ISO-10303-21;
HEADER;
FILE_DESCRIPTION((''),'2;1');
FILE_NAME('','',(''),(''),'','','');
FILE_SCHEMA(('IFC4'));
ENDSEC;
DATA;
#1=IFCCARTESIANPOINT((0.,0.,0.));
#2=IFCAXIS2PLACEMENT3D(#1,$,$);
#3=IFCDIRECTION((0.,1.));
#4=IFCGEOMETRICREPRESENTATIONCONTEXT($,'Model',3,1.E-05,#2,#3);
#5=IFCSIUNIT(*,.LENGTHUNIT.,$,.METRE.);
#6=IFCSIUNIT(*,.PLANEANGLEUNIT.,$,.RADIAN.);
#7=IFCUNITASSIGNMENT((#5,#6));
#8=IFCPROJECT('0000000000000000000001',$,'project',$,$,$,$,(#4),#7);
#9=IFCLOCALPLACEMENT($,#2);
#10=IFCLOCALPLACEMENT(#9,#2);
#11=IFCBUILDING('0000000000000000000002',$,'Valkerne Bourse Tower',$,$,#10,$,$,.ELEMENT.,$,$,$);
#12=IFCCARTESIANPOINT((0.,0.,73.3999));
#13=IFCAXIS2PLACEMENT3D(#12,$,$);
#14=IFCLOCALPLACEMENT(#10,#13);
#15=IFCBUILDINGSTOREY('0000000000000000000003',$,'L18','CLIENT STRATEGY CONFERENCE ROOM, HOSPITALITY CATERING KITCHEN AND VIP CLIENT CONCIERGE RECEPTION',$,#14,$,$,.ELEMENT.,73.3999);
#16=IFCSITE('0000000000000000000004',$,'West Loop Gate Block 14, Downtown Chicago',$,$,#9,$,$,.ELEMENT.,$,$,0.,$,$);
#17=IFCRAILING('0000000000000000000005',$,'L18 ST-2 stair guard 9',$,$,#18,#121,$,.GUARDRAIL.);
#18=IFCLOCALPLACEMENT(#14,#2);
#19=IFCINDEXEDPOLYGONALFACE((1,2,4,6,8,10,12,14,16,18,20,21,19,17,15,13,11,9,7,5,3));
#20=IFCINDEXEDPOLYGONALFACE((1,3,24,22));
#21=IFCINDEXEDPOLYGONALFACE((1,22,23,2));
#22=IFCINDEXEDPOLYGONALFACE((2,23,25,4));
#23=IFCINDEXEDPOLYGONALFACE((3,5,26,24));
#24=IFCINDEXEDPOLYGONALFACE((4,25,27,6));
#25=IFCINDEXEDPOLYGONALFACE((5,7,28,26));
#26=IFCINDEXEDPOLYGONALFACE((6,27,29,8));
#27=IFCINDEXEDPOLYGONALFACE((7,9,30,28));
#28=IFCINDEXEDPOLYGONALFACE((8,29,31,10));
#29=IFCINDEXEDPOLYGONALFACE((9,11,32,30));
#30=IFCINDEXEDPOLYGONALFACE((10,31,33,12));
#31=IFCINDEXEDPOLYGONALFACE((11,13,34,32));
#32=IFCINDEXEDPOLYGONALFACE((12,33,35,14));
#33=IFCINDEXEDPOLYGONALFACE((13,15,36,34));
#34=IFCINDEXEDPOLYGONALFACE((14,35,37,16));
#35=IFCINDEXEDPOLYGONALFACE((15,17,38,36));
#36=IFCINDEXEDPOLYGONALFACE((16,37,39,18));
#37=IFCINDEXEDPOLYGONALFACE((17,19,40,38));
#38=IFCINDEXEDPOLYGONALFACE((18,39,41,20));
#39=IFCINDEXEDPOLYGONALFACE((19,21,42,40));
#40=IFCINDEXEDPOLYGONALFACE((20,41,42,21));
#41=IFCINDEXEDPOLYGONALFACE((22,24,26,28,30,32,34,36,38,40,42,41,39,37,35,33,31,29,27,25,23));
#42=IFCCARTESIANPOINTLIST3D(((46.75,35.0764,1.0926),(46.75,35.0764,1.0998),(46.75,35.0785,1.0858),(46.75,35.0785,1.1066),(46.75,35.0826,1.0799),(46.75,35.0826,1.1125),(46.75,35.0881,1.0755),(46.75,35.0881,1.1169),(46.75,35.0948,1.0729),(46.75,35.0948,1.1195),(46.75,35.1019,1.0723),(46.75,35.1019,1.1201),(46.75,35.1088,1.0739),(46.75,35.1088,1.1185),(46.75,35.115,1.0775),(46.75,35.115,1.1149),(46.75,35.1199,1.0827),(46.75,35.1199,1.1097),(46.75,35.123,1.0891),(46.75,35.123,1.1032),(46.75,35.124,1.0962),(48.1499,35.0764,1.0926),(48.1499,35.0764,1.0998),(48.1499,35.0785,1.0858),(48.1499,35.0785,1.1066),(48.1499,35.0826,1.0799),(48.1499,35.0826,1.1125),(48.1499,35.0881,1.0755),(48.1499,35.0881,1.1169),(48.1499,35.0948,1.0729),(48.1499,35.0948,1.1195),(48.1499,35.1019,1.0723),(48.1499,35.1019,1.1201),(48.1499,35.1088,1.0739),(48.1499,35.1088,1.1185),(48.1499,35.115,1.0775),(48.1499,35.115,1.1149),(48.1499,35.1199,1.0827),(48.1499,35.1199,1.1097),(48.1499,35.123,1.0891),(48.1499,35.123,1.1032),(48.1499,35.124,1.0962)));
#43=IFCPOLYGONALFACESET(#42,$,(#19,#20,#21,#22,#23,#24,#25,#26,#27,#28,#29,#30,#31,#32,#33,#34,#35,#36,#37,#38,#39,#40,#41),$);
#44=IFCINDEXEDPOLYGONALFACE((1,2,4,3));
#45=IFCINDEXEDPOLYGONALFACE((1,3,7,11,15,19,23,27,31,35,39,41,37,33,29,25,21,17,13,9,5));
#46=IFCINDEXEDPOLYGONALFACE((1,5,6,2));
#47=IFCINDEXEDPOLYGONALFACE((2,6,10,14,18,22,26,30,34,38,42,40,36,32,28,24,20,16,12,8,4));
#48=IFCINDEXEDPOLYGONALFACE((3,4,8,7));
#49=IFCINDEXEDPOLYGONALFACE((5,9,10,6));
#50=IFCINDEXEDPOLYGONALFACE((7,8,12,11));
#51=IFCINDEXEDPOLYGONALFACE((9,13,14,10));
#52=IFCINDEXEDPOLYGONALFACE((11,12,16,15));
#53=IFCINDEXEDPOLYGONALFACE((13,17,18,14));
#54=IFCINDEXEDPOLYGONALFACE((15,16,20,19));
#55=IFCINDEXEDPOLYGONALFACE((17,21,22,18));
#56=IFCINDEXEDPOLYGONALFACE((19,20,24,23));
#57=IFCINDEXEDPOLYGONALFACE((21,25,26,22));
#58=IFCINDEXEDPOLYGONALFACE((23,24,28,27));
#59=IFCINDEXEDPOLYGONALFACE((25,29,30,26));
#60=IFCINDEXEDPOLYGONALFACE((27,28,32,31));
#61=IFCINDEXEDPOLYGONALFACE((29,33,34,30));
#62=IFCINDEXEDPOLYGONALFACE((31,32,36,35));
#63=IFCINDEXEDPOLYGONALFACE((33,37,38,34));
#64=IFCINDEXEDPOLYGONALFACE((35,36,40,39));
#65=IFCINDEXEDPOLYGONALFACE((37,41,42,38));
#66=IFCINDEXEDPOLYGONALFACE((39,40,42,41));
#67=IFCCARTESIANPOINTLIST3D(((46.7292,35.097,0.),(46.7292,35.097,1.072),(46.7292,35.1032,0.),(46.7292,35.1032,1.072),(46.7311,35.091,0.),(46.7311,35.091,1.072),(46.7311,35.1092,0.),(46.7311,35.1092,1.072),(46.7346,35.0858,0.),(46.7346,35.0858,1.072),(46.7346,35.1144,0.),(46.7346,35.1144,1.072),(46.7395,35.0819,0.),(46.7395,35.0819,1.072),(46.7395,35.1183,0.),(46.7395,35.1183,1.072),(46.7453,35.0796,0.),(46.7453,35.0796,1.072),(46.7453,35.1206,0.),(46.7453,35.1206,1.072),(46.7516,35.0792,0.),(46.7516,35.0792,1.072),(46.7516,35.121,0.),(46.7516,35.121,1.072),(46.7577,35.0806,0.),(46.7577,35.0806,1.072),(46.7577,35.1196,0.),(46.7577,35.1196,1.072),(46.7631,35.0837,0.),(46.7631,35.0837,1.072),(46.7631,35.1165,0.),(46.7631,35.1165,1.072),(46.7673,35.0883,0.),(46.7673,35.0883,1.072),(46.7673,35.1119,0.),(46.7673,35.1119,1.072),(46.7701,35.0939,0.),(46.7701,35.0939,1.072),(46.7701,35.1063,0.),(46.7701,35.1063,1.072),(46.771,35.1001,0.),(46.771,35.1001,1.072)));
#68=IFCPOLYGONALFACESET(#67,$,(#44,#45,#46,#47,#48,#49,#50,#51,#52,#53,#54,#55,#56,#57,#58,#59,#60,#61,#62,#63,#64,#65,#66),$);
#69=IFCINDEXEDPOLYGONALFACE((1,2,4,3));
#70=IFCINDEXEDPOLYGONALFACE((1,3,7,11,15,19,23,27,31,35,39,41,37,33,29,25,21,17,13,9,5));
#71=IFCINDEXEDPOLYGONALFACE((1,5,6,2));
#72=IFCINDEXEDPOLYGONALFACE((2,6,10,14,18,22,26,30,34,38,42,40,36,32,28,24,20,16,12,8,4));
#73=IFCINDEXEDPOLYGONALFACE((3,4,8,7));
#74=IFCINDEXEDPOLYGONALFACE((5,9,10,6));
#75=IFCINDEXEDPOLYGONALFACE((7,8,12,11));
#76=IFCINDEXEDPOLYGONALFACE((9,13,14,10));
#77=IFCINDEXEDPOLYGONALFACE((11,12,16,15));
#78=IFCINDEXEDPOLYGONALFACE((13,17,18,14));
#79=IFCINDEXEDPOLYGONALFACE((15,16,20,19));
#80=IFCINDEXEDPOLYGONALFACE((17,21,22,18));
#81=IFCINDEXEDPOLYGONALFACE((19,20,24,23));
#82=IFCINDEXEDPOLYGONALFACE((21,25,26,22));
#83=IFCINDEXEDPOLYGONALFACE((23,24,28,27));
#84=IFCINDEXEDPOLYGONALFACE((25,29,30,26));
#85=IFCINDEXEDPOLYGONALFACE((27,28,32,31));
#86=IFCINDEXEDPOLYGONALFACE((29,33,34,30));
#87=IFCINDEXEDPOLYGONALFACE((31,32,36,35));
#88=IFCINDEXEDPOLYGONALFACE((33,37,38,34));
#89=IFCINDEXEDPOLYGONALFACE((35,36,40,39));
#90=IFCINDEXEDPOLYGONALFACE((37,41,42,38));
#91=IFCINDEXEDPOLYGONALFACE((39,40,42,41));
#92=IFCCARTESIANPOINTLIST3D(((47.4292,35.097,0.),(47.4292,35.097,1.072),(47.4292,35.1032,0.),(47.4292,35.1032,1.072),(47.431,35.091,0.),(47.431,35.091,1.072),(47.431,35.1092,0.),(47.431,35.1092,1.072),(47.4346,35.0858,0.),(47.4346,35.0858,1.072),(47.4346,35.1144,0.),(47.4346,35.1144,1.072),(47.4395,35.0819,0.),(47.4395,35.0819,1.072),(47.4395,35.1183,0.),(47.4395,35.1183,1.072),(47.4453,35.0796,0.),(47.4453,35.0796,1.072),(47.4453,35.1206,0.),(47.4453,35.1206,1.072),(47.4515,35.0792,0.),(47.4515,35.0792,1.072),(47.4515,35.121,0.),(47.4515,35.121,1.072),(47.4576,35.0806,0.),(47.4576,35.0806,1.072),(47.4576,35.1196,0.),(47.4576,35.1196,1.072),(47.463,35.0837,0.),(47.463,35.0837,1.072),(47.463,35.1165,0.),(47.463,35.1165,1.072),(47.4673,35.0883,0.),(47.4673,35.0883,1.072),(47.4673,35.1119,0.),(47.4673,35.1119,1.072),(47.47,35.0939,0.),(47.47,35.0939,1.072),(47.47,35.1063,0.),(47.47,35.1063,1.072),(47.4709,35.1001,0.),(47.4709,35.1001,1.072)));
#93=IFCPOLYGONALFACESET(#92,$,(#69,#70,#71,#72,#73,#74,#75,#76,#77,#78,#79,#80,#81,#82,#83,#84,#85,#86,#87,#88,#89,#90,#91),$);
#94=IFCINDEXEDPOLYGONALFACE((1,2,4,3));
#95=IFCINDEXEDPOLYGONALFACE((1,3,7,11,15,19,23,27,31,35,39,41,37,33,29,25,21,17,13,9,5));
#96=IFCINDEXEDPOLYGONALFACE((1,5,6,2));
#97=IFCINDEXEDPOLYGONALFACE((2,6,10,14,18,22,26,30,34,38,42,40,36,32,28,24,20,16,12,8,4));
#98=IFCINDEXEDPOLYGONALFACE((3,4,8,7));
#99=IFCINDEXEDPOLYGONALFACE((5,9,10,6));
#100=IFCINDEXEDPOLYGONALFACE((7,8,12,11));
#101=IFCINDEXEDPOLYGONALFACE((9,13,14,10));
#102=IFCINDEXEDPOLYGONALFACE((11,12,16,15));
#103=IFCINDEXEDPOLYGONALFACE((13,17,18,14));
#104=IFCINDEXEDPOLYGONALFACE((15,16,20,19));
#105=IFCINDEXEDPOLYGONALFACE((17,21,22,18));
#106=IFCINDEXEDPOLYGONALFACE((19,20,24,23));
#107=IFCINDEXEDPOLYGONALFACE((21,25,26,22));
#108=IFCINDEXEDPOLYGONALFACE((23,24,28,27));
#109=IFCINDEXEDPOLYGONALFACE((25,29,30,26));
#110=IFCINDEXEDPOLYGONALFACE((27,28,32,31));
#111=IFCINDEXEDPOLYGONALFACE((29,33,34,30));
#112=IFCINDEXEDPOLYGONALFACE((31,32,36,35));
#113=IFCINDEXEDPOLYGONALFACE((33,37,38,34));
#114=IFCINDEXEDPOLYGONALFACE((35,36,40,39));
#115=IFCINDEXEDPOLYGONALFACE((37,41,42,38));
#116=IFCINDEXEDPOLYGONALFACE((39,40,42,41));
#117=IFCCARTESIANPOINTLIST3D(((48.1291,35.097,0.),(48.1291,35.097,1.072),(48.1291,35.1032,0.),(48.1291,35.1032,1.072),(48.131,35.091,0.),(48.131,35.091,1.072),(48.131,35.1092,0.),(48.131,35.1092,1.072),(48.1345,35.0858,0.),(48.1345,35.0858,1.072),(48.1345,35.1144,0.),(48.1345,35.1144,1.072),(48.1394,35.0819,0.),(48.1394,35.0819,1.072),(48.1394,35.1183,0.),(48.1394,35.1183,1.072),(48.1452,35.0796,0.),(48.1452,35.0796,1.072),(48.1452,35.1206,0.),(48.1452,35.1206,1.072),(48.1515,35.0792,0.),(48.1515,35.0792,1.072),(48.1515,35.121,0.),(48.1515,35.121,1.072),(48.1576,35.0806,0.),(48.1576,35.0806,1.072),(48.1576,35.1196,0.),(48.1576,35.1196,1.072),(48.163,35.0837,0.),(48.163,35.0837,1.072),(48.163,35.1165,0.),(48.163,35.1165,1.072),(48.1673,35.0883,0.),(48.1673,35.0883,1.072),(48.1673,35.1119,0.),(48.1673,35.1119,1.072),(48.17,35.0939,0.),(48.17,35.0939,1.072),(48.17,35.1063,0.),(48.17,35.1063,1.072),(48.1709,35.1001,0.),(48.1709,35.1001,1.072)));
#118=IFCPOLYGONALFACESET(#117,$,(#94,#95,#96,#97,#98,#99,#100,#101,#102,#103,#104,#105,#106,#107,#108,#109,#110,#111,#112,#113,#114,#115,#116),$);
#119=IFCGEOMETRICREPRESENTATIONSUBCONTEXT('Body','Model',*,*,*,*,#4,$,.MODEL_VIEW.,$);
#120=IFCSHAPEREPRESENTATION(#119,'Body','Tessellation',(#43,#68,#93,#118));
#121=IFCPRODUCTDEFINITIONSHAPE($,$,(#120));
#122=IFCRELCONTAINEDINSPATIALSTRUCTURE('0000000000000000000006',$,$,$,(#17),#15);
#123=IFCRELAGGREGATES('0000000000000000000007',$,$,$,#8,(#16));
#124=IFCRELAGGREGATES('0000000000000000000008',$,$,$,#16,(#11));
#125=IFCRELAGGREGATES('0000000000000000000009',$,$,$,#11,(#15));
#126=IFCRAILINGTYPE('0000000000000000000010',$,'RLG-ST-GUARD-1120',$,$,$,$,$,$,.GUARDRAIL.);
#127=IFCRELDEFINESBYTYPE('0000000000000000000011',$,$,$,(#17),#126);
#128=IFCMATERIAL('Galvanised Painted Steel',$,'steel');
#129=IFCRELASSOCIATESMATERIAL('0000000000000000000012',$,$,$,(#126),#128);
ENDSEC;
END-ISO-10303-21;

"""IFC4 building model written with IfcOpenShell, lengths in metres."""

from ifc_helpers import new_model, si_unit, direction, frame, origin, origin_2d, place, context, subcontext, project, spatial, circle, extrude, material, type_object, element, save


model = new_model("IFC4")

# Units and contexts
model_context = context("Model", 3, precision=1e-05, world=origin(), true_north=direction((0.0, 1.0)))
body_context = subcontext(model_context, "Body", "Model", "MODEL_VIEW")
ifc_project = project(units=[si_unit("LENGTHUNIT", "METRE"), si_unit("PLANEANGLEUNIT", "RADIAN")], contexts=[model_context])

# Site, building, storey
site_placement = place(None, origin())
site = spatial("IfcSite", under=ifc_project, at=site_placement, Name="West Loop Gate Block 14, Downtown Chicago", CompositionType="ELEMENT", RefElevation=0.0)
building_placement = place(site_placement, origin())
building = spatial("IfcBuilding", under=site, at=building_placement, Name="Valkerne Bourse Tower", CompositionType="ELEMENT")
storey_placement = place(building_placement, frame((0.0, 0.0, 73.3999)))
storey = spatial("IfcBuildingStorey", under=building, at=storey_placement, Name="L18", Description="CLIENT STRATEGY CONFERENCE ROOM, HOSPITALITY CATERING KITCHEN AND VIP CLIENT CONCIERGE RECEPTION", CompositionType="ELEMENT", Elevation=73.3999)

# Shared definitions
ifc_material_1 = material(Name="Galvanised Painted Steel", Category="steel")

# Railing
railing_type_1 = type_object("IfcRailingType", Name="RLG-ST-GUARD-1120", PredefinedType="GUARDRAIL", material=ifc_material_1)
for number, where, name in (
    (1, (46.75, 35.1001, 0.0), "L18 ST-2 stair guard 9"),
):
    element("IfcRailing", number, at=place(storey_placement, frame(where)), inside=storey, type_object=railing_type_1, Name=name, PredefinedType="GUARDRAIL", context=body_context, shape_type="SweptSolid", body=[
        extrude(circle(Radius=0.0239, at=origin_2d()), frame((0.0, 0.0, 1.0962), z_axis=(1.0, 0.0, 0.0), x_axis=(0.0, 1.0, 0.0)), (0.0, 0.0, 1.0), 1.3999),
        extrude(circle(Radius=0.021, at=origin_2d()), origin(), (0.0, 0.0, 1.0), 1.072),
        extrude(circle(Radius=0.021, at=origin_2d()), frame((0.7, 0.0, 0.0)), (0.0, 0.0, 1.0), 1.072),
        extrude(circle(Radius=0.021, at=origin_2d()), frame((1.3999, 0.0, 0.0)), (0.0, 0.0, 1.0), 1.072),
    ])

save(model, "model.ifc")
